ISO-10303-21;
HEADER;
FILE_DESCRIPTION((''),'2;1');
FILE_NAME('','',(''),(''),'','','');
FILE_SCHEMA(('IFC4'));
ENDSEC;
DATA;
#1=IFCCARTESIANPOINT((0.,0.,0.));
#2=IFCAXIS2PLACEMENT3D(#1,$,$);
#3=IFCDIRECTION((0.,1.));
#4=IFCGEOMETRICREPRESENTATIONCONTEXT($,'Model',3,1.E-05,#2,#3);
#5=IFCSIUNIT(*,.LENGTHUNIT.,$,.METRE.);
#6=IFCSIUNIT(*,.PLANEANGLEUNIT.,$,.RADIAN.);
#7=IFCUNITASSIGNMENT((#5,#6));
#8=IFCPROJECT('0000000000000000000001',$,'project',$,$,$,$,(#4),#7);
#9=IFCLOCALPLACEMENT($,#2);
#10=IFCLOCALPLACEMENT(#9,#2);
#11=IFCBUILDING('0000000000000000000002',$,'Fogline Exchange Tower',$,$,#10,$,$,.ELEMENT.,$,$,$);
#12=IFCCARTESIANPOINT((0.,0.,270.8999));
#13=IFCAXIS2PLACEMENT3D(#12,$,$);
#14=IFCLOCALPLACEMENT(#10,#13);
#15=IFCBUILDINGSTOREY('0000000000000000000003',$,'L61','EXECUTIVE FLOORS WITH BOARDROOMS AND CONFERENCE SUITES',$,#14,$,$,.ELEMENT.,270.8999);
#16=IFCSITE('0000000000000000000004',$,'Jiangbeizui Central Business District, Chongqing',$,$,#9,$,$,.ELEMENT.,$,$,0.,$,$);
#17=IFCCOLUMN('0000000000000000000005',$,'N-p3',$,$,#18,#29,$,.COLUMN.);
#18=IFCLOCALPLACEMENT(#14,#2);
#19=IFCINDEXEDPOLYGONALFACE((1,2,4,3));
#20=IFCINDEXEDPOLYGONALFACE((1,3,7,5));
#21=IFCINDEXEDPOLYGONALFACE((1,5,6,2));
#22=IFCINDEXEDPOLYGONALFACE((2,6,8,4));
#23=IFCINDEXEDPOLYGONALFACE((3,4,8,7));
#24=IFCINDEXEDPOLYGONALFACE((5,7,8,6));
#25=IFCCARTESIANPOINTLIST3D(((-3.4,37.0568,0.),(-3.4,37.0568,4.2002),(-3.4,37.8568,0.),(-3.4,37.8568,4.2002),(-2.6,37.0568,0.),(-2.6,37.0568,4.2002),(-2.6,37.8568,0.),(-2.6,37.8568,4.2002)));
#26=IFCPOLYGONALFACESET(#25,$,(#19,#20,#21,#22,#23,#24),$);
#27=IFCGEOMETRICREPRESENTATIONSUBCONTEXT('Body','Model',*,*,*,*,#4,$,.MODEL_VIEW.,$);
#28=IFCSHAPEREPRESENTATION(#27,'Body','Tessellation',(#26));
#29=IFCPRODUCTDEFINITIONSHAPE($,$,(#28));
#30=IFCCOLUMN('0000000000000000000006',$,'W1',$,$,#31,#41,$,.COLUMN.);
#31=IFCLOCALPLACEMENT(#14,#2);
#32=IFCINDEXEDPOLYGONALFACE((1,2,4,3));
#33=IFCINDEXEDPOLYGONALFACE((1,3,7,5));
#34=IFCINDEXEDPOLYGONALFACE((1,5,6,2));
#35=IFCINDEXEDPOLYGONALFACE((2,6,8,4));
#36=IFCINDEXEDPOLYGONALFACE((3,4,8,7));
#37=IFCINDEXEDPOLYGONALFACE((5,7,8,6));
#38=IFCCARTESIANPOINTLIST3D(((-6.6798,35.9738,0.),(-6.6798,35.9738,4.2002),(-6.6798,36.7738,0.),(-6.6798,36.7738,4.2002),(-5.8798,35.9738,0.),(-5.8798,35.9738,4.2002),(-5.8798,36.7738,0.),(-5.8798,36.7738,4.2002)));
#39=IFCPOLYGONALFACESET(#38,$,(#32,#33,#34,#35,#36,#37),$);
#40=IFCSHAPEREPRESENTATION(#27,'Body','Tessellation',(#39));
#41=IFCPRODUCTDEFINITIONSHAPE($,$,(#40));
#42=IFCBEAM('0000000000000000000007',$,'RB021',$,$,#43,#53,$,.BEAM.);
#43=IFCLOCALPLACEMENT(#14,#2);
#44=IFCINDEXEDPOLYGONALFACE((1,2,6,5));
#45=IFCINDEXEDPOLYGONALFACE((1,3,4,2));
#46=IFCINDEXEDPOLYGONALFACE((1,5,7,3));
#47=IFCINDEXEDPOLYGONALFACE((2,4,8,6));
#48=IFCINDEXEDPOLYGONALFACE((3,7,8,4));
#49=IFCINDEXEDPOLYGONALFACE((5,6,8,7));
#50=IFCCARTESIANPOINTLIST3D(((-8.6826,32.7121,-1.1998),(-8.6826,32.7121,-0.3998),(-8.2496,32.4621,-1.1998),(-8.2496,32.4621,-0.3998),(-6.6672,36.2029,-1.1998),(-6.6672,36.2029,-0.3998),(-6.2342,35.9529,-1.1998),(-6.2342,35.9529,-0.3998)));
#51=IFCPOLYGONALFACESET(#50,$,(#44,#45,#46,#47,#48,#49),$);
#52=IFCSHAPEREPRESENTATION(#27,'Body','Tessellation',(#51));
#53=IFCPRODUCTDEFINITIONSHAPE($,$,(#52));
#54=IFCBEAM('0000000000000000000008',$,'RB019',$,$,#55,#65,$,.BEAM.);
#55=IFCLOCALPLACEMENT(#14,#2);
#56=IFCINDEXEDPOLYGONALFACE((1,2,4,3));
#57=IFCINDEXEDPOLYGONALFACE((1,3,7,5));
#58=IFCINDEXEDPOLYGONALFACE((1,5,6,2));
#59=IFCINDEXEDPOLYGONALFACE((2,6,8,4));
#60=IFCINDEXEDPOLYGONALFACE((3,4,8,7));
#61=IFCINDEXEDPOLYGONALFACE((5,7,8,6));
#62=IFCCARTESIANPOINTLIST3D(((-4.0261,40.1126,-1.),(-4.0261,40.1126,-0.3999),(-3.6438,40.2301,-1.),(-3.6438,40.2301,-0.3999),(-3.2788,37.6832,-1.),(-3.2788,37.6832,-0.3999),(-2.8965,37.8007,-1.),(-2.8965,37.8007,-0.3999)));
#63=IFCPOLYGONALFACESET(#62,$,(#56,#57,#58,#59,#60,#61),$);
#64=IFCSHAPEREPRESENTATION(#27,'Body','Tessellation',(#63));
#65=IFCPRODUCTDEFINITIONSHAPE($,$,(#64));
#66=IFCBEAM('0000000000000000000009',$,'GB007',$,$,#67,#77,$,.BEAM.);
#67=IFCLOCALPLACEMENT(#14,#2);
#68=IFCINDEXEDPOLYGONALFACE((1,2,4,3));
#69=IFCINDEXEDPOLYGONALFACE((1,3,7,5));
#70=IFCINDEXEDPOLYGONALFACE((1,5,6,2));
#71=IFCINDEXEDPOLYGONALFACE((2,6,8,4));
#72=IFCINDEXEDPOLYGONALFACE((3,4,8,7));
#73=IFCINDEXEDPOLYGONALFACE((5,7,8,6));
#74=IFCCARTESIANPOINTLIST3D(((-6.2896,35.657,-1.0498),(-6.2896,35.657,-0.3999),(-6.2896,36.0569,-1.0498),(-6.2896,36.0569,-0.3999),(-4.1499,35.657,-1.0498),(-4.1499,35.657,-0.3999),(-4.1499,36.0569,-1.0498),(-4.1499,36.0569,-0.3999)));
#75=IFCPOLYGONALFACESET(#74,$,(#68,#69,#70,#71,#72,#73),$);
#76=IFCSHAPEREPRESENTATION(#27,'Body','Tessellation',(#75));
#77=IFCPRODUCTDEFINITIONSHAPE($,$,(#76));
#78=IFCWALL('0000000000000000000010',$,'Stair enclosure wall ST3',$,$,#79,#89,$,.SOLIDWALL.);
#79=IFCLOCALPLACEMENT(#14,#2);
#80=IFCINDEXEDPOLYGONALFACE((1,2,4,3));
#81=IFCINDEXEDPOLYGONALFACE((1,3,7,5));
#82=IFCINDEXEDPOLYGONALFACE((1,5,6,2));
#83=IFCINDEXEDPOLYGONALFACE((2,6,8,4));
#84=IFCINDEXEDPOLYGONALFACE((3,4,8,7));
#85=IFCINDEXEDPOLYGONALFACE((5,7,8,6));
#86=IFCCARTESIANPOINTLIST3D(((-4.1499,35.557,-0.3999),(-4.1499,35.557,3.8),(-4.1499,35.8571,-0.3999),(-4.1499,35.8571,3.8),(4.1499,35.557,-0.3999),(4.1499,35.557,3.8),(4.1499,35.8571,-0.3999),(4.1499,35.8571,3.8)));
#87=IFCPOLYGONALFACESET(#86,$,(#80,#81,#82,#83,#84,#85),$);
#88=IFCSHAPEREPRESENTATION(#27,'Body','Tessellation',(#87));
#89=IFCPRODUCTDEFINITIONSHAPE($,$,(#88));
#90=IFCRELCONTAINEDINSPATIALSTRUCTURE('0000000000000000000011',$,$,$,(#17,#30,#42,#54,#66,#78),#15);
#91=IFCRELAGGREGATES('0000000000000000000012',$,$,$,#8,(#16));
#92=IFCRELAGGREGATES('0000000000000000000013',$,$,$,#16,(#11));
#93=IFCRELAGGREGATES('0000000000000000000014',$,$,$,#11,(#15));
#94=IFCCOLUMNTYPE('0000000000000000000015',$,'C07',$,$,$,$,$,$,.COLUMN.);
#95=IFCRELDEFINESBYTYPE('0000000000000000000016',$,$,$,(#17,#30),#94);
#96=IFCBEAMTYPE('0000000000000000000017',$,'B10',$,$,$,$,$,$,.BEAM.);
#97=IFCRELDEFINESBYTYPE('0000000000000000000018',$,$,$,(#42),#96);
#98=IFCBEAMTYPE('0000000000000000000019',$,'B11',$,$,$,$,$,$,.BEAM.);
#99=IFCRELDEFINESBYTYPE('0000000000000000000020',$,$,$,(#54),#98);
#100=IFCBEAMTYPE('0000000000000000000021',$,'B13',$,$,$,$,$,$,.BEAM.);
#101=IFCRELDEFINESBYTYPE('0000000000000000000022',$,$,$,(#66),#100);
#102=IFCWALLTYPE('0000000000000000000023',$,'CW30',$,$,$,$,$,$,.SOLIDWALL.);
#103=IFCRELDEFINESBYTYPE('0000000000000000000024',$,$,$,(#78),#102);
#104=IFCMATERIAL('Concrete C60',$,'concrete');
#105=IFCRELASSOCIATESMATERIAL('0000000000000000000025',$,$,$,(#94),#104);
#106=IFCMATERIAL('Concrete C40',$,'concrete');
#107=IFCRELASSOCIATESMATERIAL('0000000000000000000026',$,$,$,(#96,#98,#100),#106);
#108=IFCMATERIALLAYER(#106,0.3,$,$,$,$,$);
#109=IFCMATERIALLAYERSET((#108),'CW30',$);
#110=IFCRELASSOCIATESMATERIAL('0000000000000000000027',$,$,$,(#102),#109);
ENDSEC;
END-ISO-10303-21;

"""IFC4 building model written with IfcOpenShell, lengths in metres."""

from ifc_helpers import new_model, si_unit, direction, frame, frame_2d, origin, origin_2d, place, context, subcontext, project, spatial, rectangle, extrude, material, layer, layer_set, material_profile, profile_set, type_object, element, save


model = new_model("IFC4")

# Units and contexts
model_context = context("Model", 3, precision=1e-05, world=origin(), true_north=direction((0.0, 1.0)))
body_context = subcontext(model_context, "Body", "Model", "MODEL_VIEW")
ifc_project = project(units=[si_unit("LENGTHUNIT", "METRE"), si_unit("PLANEANGLEUNIT", "RADIAN")], contexts=[model_context])

# Site, building, storey
site_placement = place(None, origin())
site = spatial("IfcSite", under=ifc_project, at=site_placement, Name="Jiangbeizui Central Business District, Chongqing", CompositionType="ELEMENT", RefElevation=0.0)
building_placement = place(site_placement, origin())
building = spatial("IfcBuilding", under=site, at=building_placement, Name="Fogline Exchange Tower", CompositionType="ELEMENT")
storey_placement = place(building_placement, frame((0.0, 0.0, 270.8999)))
storey = spatial("IfcBuildingStorey", under=building, at=storey_placement, Name="L61", Description="EXECUTIVE FLOORS WITH BOARDROOMS AND CONFERENCE SUITES", CompositionType="ELEMENT", Elevation=270.8999)

# Columns
ifc_material_1 = material(Name="Concrete C60", Category="concrete")
ifc_material_profile_1 = material_profile(ifc_material_1, rectangle(XDim=0.8, YDim=0.8, at=origin_2d()), Name="RC 800x800")
ifc_profile_set_1 = profile_set([ifc_material_profile_1], Name="Concrete C60")
column_type = type_object("IfcColumnType", Name="C07", PredefinedType="COLUMN", material=ifc_profile_set_1)
for number, where, z_axis, x_axis, name in (
    (1, (-3.0, 37.4568, 0.0), (0.0, 0.0, 1.0), (1.0, 0.0, 0.0), "N-p3"),
    (2, (-6.2798, 36.3738, 0.0), (0.0, 0.0, 1.0), (1.0, 0.0, 0.0), "W1"),
):
    element("IfcColumn", number, at=place(storey_placement, frame(where, z_axis=z_axis, x_axis=x_axis)), inside=storey, type_object=column_type, Name=name, PredefinedType="COLUMN", context=body_context, shape_type="SweptSolid", body=[
        extrude(rectangle(XDim=0.8, YDim=0.8, at=origin_2d()), origin(), (0.0, 0.0, 1.0), 4.2002),
    ])

# Beams
ifc_material_2 = material(Name="Concrete C40", Category="concrete")
ifc_material_profile_2 = material_profile(ifc_material_2, rectangle(XDim=0.5, YDim=0.8, at=origin_2d()), Name="RC 500x800")
ifc_profile_set_2 = profile_set([ifc_material_profile_2], Name="Concrete C40")
beam_type_1 = type_object("IfcBeamType", Name="B10", PredefinedType="BEAM", material=ifc_profile_set_2)
beam_1_placement = place(storey_placement, frame((-6.4507, 36.0779, -0.7998), z_axis=(-0.500002, -0.866024, 0.0), x_axis=(0.866024, -0.500002, 0.0)))
element("IfcBeam", 3, at=beam_1_placement, inside=storey, type_object=beam_type_1, Name="RB021", PredefinedType="BEAM", context=body_context, shape_type="SweptSolid", body=[
    extrude(rectangle(XDim=0.5, YDim=0.8, at=origin_2d()), origin(), (0.0, 0.0, 1.0), 4.0308),
])
ifc_material_profile_3 = material_profile(ifc_material_2, rectangle(XDim=0.3999, YDim=0.6001, at=origin_2d()), Name="RC 400x600")
ifc_profile_set_3 = profile_set([ifc_material_profile_3], Name="Concrete C40")
beam_type_2 = type_object("IfcBeamType", Name="B11", PredefinedType="BEAM", material=ifc_profile_set_3)
beam_2_placement = place(storey_placement, frame((-3.0876, 37.7419, -0.7), z_axis=(-0.294012, 0.955802, 0.0), x_axis=(-0.955802, -0.294012, 0.0)))
element("IfcBeam", 4, at=beam_2_placement, inside=storey, type_object=beam_type_2, Name="RB019", PredefinedType="BEAM", context=body_context, shape_type="SweptSolid", body=[
    extrude(rectangle(XDim=0.3999, YDim=0.6001, at=origin_2d()), origin(), (0.0, 0.0, 1.0), 2.5417),
])
ifc_material_profile_4 = material_profile(ifc_material_2, rectangle(XDim=0.3999, YDim=0.6499, at=origin_2d()), Name="RC 400x650")
ifc_profile_set_4 = profile_set([ifc_material_profile_4], Name="Concrete C40")
beam_type_3 = type_object("IfcBeamType", Name="B13", PredefinedType="BEAM", material=ifc_profile_set_4)
beam_3_placement = place(storey_placement, frame((-6.2896, 35.8569, -0.7249), z_axis=(1.0, 0.0, 0.0), x_axis=(0.0, 1.0, 0.0)))
element("IfcBeam", 5, at=beam_3_placement, inside=storey, type_object=beam_type_3, Name="GB007", PredefinedType="BEAM", context=body_context, shape_type="SweptSolid", body=[
    extrude(rectangle(XDim=0.3999, YDim=0.6499, at=origin_2d()), origin(), (0.0, 0.0, 1.0), 2.1396),
])

# Wall
ifc_layer = layer(ifc_material_2, 0.3)
ifc_layer_set = layer_set([ifc_layer], Name="CW30")
wall_type = type_object("IfcWallType", Name="CW30", PredefinedType="SOLIDWALL", material=ifc_layer_set)
wall_placement = place(storey_placement, frame((-4.1499, 35.707, -0.3999), z_axis=(0.0, 0.0, 1.0), x_axis=(1.0, 0.0, 0.0)))
element("IfcWall", 6, at=wall_placement, inside=storey, type_object=wall_type, Name="Stair enclosure wall ST3", PredefinedType="SOLIDWALL", context=body_context, shape_type="SweptSolid", body=[
    extrude(rectangle(XDim=8.2998, YDim=0.3, at=frame_2d((4.1499, 0.0))), origin(), (0.0, 0.0, 1.0), 4.2),
])

save(model, "model.ifc")
